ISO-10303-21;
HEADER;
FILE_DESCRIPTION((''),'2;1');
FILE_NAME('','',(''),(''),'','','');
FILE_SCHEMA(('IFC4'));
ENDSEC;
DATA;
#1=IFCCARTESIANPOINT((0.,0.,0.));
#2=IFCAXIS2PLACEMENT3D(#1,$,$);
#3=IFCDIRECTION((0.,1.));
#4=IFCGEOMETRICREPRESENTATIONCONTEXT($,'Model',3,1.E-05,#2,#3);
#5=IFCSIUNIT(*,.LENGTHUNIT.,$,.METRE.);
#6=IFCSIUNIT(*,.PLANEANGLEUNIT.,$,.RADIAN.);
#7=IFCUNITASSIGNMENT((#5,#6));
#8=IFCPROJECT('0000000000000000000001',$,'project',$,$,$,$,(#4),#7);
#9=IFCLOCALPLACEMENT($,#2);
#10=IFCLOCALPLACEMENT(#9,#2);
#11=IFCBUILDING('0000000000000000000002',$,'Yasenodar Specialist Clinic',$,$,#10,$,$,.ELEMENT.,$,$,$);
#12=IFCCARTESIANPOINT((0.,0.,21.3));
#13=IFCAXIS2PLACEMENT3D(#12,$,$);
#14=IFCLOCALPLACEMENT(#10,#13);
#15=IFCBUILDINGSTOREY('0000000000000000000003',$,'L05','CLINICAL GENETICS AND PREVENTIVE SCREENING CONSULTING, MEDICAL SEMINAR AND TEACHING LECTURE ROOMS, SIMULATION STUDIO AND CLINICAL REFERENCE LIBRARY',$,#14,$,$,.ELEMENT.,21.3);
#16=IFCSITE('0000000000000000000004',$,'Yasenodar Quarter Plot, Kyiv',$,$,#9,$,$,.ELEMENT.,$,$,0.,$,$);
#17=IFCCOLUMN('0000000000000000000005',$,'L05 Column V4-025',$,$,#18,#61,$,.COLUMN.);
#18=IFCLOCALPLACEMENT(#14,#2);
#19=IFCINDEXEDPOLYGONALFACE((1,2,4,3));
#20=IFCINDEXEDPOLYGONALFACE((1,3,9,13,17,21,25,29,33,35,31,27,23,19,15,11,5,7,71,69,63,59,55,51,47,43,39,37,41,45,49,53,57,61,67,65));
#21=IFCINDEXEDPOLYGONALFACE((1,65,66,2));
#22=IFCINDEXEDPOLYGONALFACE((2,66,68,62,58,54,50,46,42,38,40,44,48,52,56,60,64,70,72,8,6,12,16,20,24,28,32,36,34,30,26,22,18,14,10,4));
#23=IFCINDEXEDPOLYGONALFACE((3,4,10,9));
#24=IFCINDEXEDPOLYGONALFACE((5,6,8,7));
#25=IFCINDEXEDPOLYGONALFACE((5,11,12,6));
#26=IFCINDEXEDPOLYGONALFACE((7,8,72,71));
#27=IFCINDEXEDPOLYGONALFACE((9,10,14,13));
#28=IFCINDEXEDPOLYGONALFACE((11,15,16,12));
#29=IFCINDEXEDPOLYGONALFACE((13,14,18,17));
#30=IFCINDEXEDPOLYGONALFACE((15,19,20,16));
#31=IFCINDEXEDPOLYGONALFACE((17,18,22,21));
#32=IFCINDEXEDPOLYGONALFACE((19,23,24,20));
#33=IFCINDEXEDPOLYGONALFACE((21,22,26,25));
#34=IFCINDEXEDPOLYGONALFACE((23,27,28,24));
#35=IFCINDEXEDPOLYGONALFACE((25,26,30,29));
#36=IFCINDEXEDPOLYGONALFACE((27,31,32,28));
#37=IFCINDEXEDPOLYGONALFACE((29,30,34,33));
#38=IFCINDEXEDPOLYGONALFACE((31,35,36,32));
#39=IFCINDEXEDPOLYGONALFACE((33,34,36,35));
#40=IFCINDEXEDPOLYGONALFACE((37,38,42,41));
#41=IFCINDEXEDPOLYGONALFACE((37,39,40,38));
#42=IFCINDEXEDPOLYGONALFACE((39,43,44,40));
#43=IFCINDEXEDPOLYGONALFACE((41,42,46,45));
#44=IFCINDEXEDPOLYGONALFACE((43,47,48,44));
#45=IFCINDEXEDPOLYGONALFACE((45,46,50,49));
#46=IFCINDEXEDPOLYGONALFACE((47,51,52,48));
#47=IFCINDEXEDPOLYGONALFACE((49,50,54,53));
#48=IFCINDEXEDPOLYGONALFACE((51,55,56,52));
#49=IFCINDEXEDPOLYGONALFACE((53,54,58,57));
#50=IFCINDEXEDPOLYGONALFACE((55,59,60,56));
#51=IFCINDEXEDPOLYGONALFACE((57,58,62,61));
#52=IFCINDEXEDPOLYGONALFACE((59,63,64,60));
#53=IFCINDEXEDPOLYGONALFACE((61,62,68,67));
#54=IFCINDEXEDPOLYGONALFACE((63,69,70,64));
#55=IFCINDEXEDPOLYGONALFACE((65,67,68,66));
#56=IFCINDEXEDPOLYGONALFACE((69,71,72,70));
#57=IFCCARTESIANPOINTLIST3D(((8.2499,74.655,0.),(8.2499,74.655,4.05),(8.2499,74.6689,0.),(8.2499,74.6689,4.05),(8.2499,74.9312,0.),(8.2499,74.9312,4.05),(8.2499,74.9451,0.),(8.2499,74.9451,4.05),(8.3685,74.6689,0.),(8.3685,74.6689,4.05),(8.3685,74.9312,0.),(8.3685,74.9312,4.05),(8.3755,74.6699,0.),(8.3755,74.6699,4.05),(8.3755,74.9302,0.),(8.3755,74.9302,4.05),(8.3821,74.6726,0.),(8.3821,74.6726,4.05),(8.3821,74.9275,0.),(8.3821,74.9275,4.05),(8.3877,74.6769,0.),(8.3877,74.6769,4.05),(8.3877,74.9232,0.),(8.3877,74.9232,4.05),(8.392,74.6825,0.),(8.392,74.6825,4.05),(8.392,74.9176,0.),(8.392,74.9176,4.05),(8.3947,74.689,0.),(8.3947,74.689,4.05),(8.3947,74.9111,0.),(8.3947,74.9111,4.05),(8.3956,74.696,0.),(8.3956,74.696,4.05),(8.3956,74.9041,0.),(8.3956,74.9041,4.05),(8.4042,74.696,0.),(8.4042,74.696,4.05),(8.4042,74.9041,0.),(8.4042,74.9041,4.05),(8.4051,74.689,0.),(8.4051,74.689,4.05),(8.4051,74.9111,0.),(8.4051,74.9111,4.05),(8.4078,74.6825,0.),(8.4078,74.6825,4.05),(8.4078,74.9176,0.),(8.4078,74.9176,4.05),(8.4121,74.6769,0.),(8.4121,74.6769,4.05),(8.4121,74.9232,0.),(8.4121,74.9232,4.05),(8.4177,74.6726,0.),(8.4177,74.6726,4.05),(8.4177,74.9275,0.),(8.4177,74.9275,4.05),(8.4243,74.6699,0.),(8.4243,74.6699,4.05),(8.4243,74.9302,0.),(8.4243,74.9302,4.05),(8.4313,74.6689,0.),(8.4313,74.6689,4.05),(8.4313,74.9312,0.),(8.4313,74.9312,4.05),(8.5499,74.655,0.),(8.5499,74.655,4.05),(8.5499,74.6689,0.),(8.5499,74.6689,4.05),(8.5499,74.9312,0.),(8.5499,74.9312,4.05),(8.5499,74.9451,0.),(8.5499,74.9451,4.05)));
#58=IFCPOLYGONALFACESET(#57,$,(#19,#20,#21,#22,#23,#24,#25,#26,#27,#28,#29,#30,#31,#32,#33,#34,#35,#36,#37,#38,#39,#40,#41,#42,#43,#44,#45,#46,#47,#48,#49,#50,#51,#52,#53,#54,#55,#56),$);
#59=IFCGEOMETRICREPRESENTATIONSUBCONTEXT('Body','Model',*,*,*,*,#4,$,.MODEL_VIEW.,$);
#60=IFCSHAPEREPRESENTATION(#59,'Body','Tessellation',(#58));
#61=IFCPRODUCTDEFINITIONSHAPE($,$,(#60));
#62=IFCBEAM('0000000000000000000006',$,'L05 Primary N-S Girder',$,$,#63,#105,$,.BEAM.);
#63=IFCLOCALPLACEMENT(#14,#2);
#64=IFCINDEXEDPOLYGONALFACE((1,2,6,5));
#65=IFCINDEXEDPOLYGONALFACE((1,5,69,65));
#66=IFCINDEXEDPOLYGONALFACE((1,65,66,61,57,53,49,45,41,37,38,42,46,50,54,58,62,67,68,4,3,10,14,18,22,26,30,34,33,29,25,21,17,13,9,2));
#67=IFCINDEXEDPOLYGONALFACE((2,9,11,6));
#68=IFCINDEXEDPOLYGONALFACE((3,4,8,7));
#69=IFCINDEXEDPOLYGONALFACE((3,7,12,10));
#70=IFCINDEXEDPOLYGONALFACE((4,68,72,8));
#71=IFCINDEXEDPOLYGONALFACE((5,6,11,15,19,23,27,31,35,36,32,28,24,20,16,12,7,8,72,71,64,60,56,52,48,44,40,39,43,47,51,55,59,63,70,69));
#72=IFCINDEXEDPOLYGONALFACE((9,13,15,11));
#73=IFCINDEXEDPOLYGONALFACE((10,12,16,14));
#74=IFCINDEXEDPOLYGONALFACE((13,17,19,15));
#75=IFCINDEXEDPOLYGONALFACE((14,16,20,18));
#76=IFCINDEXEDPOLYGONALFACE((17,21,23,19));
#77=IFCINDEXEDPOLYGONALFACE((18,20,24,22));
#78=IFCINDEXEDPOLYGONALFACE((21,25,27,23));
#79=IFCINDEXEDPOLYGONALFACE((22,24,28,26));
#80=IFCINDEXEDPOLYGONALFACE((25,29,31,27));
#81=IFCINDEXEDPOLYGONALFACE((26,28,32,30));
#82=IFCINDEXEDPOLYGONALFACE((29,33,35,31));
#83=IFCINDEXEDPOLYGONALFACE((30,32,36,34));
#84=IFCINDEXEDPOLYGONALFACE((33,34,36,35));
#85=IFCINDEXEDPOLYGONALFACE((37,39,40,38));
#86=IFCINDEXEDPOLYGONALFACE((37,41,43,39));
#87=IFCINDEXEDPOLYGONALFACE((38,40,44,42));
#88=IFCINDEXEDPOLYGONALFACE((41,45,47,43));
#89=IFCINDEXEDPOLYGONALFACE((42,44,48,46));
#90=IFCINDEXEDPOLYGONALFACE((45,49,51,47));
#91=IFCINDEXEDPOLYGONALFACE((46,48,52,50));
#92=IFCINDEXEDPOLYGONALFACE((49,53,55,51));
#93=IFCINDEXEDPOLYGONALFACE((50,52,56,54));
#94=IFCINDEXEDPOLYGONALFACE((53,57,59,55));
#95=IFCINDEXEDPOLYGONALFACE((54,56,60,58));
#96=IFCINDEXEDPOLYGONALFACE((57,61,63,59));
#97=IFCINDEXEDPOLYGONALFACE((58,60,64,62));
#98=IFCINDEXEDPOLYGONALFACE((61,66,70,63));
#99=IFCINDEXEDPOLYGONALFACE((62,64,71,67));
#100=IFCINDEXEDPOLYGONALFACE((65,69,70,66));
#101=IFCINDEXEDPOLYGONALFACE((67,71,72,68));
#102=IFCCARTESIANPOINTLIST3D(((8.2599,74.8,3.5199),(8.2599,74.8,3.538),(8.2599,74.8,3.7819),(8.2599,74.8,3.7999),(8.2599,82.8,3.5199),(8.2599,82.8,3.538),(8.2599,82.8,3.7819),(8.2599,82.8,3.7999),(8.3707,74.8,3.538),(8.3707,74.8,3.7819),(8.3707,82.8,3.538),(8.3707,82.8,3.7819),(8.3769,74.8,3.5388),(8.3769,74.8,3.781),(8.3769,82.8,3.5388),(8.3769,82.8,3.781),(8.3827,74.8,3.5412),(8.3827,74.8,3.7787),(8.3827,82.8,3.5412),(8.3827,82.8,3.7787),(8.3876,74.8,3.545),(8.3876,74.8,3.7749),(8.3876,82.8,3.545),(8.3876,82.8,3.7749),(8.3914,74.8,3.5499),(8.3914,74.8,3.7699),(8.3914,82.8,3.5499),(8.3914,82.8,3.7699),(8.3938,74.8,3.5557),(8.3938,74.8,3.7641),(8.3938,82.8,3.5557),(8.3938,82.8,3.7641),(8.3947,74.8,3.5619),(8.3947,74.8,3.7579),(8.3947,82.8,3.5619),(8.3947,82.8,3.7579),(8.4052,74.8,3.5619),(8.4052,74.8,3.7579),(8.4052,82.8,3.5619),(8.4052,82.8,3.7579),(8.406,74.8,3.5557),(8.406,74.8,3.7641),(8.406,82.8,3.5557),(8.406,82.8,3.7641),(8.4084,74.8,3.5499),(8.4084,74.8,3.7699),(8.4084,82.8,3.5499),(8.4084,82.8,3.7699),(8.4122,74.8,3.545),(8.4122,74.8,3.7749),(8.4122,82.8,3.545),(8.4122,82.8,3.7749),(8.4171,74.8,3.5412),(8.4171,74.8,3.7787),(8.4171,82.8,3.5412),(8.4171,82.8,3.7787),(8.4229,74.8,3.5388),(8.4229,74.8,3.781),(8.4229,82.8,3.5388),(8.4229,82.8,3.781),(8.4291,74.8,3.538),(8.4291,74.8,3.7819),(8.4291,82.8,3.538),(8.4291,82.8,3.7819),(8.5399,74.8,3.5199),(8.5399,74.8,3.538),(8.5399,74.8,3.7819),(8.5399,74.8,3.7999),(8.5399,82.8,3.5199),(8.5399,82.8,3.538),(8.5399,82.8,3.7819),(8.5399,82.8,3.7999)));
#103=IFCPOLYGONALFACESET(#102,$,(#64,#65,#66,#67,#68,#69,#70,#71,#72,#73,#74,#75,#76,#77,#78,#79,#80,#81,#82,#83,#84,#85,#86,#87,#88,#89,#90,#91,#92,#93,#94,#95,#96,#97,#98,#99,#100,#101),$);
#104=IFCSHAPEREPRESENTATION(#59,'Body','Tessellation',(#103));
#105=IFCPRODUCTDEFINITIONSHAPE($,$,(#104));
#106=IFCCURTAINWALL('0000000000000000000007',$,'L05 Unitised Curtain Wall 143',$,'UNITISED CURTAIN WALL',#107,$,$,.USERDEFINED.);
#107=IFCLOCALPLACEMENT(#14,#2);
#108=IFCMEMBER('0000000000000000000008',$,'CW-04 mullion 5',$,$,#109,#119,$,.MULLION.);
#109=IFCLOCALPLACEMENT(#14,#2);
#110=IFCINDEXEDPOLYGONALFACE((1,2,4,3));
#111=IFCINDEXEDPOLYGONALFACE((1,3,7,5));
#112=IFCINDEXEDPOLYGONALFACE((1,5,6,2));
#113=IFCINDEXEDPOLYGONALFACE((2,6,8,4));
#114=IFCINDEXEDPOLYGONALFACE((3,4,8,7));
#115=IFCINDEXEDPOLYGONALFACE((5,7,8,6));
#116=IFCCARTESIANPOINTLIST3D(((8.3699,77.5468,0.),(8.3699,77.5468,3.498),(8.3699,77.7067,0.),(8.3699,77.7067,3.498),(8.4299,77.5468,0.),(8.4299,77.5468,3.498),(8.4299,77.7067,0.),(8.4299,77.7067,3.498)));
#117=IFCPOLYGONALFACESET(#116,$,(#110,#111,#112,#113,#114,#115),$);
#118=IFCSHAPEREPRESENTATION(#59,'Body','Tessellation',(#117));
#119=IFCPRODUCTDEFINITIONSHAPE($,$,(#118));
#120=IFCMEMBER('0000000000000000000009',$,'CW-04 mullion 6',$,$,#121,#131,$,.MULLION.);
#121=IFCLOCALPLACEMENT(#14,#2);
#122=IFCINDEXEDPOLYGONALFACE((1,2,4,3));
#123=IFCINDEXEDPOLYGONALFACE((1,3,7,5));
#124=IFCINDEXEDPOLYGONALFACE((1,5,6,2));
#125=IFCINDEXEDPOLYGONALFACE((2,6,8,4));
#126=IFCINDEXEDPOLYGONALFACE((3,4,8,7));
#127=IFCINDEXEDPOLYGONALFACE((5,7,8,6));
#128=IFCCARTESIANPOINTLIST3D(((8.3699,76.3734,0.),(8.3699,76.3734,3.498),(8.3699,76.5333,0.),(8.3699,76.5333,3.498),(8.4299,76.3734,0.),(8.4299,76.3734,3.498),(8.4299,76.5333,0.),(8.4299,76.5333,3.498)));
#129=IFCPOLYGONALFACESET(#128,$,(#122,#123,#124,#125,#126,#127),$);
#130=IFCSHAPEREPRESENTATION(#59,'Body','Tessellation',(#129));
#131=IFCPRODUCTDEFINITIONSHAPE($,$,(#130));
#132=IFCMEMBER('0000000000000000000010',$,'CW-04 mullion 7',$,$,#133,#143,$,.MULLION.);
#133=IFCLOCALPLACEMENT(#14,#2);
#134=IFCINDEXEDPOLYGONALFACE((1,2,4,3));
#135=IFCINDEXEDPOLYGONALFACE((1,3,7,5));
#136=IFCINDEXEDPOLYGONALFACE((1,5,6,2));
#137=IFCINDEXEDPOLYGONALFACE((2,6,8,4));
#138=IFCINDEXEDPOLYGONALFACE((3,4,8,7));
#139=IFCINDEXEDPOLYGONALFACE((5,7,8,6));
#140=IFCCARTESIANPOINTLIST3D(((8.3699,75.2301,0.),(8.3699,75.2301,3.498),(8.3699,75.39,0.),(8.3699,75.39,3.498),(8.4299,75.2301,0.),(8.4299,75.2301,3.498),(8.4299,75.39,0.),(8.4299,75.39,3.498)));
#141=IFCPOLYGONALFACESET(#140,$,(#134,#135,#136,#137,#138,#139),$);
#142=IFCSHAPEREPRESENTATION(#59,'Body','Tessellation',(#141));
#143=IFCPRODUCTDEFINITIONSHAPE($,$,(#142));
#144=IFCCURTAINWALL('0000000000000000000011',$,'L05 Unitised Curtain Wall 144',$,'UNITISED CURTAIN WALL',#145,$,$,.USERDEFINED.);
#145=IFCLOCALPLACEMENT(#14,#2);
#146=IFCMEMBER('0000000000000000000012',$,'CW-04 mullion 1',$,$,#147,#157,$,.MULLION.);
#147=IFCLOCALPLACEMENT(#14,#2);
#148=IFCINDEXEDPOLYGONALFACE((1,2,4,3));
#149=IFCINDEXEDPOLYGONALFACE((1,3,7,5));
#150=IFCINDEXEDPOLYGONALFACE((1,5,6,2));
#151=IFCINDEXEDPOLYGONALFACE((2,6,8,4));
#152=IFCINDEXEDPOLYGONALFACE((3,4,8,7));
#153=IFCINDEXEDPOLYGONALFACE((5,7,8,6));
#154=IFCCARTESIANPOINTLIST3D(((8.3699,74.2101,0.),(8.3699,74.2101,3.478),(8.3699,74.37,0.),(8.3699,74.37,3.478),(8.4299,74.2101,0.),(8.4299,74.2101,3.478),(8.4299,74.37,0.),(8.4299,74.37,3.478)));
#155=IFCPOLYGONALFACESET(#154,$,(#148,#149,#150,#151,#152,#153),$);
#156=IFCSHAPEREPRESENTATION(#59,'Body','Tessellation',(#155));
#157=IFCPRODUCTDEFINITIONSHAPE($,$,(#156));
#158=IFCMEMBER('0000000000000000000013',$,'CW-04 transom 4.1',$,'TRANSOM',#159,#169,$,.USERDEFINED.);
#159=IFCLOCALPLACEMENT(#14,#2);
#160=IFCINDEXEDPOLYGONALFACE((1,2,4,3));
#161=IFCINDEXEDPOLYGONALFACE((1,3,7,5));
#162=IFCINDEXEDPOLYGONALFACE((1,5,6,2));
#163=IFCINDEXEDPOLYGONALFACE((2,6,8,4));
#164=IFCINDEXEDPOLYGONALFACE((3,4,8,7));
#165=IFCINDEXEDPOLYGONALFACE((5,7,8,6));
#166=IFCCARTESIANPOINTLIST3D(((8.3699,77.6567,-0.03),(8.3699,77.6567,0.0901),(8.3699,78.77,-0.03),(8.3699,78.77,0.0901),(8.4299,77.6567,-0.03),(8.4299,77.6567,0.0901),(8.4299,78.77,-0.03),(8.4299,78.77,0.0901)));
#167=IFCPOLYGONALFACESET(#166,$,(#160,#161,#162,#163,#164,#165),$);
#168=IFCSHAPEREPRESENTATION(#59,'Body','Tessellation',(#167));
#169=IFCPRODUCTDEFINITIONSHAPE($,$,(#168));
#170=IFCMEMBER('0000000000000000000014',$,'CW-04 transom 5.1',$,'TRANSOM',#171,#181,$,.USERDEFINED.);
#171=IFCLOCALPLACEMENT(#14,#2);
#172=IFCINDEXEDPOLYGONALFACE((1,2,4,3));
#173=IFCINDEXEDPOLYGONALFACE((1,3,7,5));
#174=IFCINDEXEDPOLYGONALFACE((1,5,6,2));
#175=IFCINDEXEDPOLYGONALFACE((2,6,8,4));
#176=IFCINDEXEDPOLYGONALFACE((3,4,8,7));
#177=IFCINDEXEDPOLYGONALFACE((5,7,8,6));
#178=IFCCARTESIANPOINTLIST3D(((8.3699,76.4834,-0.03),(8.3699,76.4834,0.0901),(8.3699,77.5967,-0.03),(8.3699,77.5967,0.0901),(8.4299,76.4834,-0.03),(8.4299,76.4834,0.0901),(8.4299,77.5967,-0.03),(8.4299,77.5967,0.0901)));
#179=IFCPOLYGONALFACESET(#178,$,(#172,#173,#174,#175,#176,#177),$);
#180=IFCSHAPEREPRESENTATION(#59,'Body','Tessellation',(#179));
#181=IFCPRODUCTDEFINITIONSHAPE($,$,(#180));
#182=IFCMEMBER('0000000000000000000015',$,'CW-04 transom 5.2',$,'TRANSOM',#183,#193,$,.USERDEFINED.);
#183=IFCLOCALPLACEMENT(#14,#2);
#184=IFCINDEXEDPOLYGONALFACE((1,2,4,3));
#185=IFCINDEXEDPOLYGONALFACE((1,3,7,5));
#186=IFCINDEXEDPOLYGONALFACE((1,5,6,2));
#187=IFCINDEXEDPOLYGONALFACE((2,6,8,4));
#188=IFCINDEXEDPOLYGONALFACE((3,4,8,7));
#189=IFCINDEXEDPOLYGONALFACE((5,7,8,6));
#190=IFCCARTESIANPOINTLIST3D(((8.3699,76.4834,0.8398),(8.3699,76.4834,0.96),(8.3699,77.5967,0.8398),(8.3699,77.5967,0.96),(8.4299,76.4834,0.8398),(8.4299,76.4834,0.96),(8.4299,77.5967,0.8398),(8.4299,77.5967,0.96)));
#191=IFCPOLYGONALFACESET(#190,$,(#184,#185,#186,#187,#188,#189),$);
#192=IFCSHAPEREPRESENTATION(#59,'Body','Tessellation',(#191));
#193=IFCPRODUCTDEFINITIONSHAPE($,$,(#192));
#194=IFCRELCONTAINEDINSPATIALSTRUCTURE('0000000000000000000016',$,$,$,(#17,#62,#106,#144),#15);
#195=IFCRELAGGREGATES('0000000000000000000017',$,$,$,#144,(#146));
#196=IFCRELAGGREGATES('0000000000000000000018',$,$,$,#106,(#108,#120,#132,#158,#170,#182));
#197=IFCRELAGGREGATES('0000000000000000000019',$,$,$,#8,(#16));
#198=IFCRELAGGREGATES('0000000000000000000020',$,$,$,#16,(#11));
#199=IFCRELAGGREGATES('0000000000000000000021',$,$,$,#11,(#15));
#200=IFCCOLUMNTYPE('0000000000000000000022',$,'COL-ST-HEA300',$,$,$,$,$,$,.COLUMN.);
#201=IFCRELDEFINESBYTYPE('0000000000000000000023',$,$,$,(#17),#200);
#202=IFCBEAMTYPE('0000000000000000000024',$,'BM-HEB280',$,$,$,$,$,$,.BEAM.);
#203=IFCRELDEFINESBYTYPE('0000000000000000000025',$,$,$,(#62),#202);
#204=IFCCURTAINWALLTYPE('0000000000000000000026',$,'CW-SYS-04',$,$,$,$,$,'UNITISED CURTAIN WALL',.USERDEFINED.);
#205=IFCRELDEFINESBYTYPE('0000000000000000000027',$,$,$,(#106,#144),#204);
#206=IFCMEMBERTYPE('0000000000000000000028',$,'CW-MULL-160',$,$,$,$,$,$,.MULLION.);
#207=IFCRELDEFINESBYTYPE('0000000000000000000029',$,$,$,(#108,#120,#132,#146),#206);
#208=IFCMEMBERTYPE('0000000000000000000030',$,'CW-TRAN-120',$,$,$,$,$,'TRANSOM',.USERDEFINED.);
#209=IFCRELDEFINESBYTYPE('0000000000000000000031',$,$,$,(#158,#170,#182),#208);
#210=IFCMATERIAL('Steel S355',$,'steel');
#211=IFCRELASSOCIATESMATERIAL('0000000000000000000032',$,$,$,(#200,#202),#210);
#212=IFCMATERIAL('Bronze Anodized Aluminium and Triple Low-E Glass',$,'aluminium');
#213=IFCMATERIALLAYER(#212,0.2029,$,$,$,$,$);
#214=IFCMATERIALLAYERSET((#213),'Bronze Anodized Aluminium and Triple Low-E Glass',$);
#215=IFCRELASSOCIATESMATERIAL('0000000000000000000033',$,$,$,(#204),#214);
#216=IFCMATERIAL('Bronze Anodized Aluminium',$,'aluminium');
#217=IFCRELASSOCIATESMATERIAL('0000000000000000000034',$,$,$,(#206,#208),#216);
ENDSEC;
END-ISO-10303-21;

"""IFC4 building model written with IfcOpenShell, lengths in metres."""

from ifc_helpers import new_model, si_unit, direction, frame, origin, origin_2d, place, context, subcontext, project, spatial, rectangle, i_section, extrude, material, layer, layer_set, material_profile, profile_set, type_object, element, aggregate, save


model = new_model("IFC4")

# Units and contexts
model_context = context("Model", 3, precision=1e-05, world=origin(), true_north=direction((0.0, 1.0)))
body_context = subcontext(model_context, "Body", "Model", "MODEL_VIEW")
ifc_project = project(units=[si_unit("LENGTHUNIT", "METRE"), si_unit("PLANEANGLEUNIT", "RADIAN")], contexts=[model_context])

# Site, building, storey
site_placement = place(None, origin())
site = spatial("IfcSite", under=ifc_project, at=site_placement, Name="Yasenodar Quarter Plot, Kyiv", CompositionType="ELEMENT", RefElevation=0.0)
building_placement = place(site_placement, origin())
building = spatial("IfcBuilding", under=site, at=building_placement, Name="Yasenodar Specialist Clinic", CompositionType="ELEMENT")
storey_placement = place(building_placement, frame((0.0, 0.0, 21.3)))
storey = spatial("IfcBuildingStorey", under=building, at=storey_placement, Name="L05", Description="CLINICAL GENETICS AND PREVENTIVE SCREENING CONSULTING, MEDICAL SEMINAR AND TEACHING LECTURE ROOMS, SIMULATION STUDIO AND CLINICAL REFERENCE LIBRARY", CompositionType="ELEMENT", Elevation=21.3)

# Column
ifc_material_1 = material(Name="Steel S355", Category="steel")
ifc_material_profile_1 = material_profile(ifc_material_1, i_section(OverallWidth=0.3, OverallDepth=0.29, WebThickness=0.0085, FlangeThickness=0.0139, FilletRadius=0.0271, at=origin_2d()), Name="HEA 300")
ifc_profile_set_1 = profile_set([ifc_material_profile_1], Name="Steel S355")
column_type = type_object("IfcColumnType", Name="COL-ST-HEA300", PredefinedType="COLUMN", material=ifc_profile_set_1)
column_placement = place(storey_placement, frame((8.3999, 74.8, 0.0), z_axis=(0.0, 0.0, 1.0), x_axis=(1.0, 0.0, 0.0)))
element("IfcColumn", 1, at=column_placement, inside=storey, type_object=column_type, Name="L05 Column V4-025", PredefinedType="COLUMN", context=body_context, shape_type="SweptSolid", body=[
    extrude(i_section(OverallWidth=0.3, OverallDepth=0.29, WebThickness=0.0085, FlangeThickness=0.0139, FilletRadius=0.0271, at=origin_2d()), origin(), (0.0, 0.0, 1.0), 4.05),
])

# Beam
ifc_material_profile_2 = material_profile(ifc_material_1, i_section(OverallWidth=0.28, OverallDepth=0.28, WebThickness=0.0105, FlangeThickness=0.0181, FilletRadius=0.0239, at=origin_2d()), Name="HEB 280")
ifc_profile_set_2 = profile_set([ifc_material_profile_2], Name="Steel S355")
beam_type = type_object("IfcBeamType", Name="BM-HEB280", PredefinedType="BEAM", material=ifc_profile_set_2)
beam_placement = place(storey_placement, frame((8.3999, 74.8, 3.6599), z_axis=(0.0, 1.0, 0.0), x_axis=(-1.0, 0.0, 0.0)))
element("IfcBeam", 2, at=beam_placement, inside=storey, type_object=beam_type, Name="L05 Primary N-S Girder", PredefinedType="BEAM", context=body_context, shape_type="SweptSolid", body=[
    extrude(i_section(OverallWidth=0.28, OverallDepth=0.28, WebThickness=0.0105, FlangeThickness=0.0181, FilletRadius=0.0239, at=origin_2d()), origin(), (0.0, 0.0, 1.0), 8.0),
])

# Curtain wall, members
ifc_material_2 = material(Name="Bronze Anodized Aluminium and Triple Low-E Glass", Category="aluminium")
ifc_layer_1 = layer(ifc_material_2, 0.2029)
ifc_layer_set_1 = layer_set([ifc_layer_1], Name="Bronze Anodized Aluminium and Triple Low-E Glass")
curtain_wall_type = type_object("IfcCurtainWallType", Name="CW-SYS-04", ElementType="UNITISED CURTAIN WALL", PredefinedType="USERDEFINED", material=ifc_layer_set_1)
curtain_wall_1_placement = place(storey_placement, origin())
curtain_wall_1 = element("IfcCurtainWall", 3, at=curtain_wall_1_placement, inside=storey, type_object=curtain_wall_type, Name="L05 Unitised Curtain Wall 143", ObjectType="UNITISED CURTAIN WALL", PredefinedType="USERDEFINED")
ifc_material_3 = material(Name="Bronze Anodized Aluminium", Category="aluminium")
ifc_material_profile_3 = material_profile(ifc_material_3, rectangle(XDim=0.0601, YDim=0.1599, at=origin_2d()), Name="CW-MULL 60x160")
ifc_profile_set_3 = profile_set([ifc_material_profile_3], Name="Bronze Anodized Aluminium")
member_type_1 = type_object("IfcMemberType", Name="CW-MULL-160", PredefinedType="MULLION", material=ifc_profile_set_3)
member_1_placement = place(storey_placement, frame((8.3999, 77.6267, 0.0), z_axis=(0.0, 0.0, 1.0), x_axis=(1.0, 0.0, 0.0)))
member_1 = element("IfcMember", 4, at=member_1_placement, type_object=member_type_1, Name="CW-04 mullion 5", PredefinedType="MULLION", context=body_context, shape_type="SweptSolid", body=[
    extrude(rectangle(XDim=0.0601, YDim=0.1599, at=origin_2d()), origin(), (0.0, 0.0, 1.0), 3.498),
])
member_2_placement = place(storey_placement, frame((8.3999, 76.4534, 0.0), z_axis=(0.0, 0.0, 1.0), x_axis=(1.0, 0.0, 0.0)))
member_2 = element("IfcMember", 5, at=member_2_placement, type_object=member_type_1, Name="CW-04 mullion 6", PredefinedType="MULLION", context=body_context, shape_type="SweptSolid", body=[
    extrude(rectangle(XDim=0.0601, YDim=0.1599, at=origin_2d()), origin(), (0.0, 0.0, 1.0), 3.498),
])
member_3_placement = place(storey_placement, frame((8.3999, 75.3101, 0.0), z_axis=(0.0, 0.0, 1.0), x_axis=(1.0, 0.0, 0.0)))
member_3 = element("IfcMember", 6, at=member_3_placement, type_object=member_type_1, Name="CW-04 mullion 7", PredefinedType="MULLION", context=body_context, shape_type="SweptSolid", body=[
    extrude(rectangle(XDim=0.0601, YDim=0.1599, at=origin_2d()), origin(), (0.0, 0.0, 1.0), 3.498),
])

# Curtain wall, member
curtain_wall_2_placement = place(storey_placement, origin())
curtain_wall_2 = element("IfcCurtainWall", 7, at=curtain_wall_2_placement, inside=storey, type_object=curtain_wall_type, Name="L05 Unitised Curtain Wall 144", ObjectType="UNITISED CURTAIN WALL", PredefinedType="USERDEFINED")
member_4_placement = place(storey_placement, frame((8.3999, 74.29, 0.0), z_axis=(0.0, 0.0, 1.0), x_axis=(1.0, 0.0, 0.0)))
member_4 = element("IfcMember", 8, at=member_4_placement, type_object=member_type_1, Name="CW-04 mullion 1", PredefinedType="MULLION", context=body_context, shape_type="SweptSolid", body=[
    extrude(rectangle(XDim=0.0601, YDim=0.1599, at=origin_2d()), origin(), (0.0, 0.0, 1.0), 3.478),
])

# Members
ifc_material_profile_4 = material_profile(ifc_material_3, rectangle(XDim=0.0601, YDim=0.1201, at=origin_2d()), Name="CW-TRAN 60x120")
ifc_profile_set_4 = profile_set([ifc_material_profile_4], Name="Bronze Anodized Aluminium")
member_type_2 = type_object("IfcMemberType", Name="CW-TRAN-120", ElementType="TRANSOM", PredefinedType="USERDEFINED", material=ifc_profile_set_4)
member_5_placement = place(storey_placement, frame((8.3999, 78.77, 0.03), z_axis=(0.0, -1.0, 0.0), x_axis=(1.0, 0.0, 0.0)))
member_5 = element("IfcMember", 9, at=member_5_placement, type_object=member_type_2, Name="CW-04 transom 4.1", ObjectType="TRANSOM", PredefinedType="USERDEFINED", context=body_context, shape_type="SweptSolid", body=[
    extrude(rectangle(XDim=0.0601, YDim=0.1201, at=origin_2d()), origin(), (0.0, 0.0, 1.0), 1.1133),
])
member_6_placement = place(storey_placement, frame((8.3999, 77.5967, 0.03), z_axis=(0.0, -1.0, 0.0), x_axis=(1.0, 0.0, 0.0)))
member_6 = element("IfcMember", 10, at=member_6_placement, type_object=member_type_2, Name="CW-04 transom 5.1", ObjectType="TRANSOM", PredefinedType="USERDEFINED", context=body_context, shape_type="SweptSolid", body=[
    extrude(rectangle(XDim=0.0601, YDim=0.1201, at=origin_2d()), origin(), (0.0, 0.0, 1.0), 1.1133),
])
member_7_placement = place(storey_placement, frame((8.3999, 77.5967, 0.8999), z_axis=(0.0, -1.0, 0.0), x_axis=(1.0, 0.0, 0.0)))
member_7 = element("IfcMember", 11, at=member_7_placement, type_object=member_type_2, Name="CW-04 transom 5.2", ObjectType="TRANSOM", PredefinedType="USERDEFINED", context=body_context, shape_type="SweptSolid", body=[
    extrude(rectangle(XDim=0.0601, YDim=0.1201, at=origin_2d()), origin(), (0.0, 0.0, 1.0), 1.1133),
])

aggregate(curtain_wall_2, [member_4])
aggregate(curtain_wall_1, [member_1, member_2, member_3, member_5, member_6, member_7])

save(model, "model.ifc")
